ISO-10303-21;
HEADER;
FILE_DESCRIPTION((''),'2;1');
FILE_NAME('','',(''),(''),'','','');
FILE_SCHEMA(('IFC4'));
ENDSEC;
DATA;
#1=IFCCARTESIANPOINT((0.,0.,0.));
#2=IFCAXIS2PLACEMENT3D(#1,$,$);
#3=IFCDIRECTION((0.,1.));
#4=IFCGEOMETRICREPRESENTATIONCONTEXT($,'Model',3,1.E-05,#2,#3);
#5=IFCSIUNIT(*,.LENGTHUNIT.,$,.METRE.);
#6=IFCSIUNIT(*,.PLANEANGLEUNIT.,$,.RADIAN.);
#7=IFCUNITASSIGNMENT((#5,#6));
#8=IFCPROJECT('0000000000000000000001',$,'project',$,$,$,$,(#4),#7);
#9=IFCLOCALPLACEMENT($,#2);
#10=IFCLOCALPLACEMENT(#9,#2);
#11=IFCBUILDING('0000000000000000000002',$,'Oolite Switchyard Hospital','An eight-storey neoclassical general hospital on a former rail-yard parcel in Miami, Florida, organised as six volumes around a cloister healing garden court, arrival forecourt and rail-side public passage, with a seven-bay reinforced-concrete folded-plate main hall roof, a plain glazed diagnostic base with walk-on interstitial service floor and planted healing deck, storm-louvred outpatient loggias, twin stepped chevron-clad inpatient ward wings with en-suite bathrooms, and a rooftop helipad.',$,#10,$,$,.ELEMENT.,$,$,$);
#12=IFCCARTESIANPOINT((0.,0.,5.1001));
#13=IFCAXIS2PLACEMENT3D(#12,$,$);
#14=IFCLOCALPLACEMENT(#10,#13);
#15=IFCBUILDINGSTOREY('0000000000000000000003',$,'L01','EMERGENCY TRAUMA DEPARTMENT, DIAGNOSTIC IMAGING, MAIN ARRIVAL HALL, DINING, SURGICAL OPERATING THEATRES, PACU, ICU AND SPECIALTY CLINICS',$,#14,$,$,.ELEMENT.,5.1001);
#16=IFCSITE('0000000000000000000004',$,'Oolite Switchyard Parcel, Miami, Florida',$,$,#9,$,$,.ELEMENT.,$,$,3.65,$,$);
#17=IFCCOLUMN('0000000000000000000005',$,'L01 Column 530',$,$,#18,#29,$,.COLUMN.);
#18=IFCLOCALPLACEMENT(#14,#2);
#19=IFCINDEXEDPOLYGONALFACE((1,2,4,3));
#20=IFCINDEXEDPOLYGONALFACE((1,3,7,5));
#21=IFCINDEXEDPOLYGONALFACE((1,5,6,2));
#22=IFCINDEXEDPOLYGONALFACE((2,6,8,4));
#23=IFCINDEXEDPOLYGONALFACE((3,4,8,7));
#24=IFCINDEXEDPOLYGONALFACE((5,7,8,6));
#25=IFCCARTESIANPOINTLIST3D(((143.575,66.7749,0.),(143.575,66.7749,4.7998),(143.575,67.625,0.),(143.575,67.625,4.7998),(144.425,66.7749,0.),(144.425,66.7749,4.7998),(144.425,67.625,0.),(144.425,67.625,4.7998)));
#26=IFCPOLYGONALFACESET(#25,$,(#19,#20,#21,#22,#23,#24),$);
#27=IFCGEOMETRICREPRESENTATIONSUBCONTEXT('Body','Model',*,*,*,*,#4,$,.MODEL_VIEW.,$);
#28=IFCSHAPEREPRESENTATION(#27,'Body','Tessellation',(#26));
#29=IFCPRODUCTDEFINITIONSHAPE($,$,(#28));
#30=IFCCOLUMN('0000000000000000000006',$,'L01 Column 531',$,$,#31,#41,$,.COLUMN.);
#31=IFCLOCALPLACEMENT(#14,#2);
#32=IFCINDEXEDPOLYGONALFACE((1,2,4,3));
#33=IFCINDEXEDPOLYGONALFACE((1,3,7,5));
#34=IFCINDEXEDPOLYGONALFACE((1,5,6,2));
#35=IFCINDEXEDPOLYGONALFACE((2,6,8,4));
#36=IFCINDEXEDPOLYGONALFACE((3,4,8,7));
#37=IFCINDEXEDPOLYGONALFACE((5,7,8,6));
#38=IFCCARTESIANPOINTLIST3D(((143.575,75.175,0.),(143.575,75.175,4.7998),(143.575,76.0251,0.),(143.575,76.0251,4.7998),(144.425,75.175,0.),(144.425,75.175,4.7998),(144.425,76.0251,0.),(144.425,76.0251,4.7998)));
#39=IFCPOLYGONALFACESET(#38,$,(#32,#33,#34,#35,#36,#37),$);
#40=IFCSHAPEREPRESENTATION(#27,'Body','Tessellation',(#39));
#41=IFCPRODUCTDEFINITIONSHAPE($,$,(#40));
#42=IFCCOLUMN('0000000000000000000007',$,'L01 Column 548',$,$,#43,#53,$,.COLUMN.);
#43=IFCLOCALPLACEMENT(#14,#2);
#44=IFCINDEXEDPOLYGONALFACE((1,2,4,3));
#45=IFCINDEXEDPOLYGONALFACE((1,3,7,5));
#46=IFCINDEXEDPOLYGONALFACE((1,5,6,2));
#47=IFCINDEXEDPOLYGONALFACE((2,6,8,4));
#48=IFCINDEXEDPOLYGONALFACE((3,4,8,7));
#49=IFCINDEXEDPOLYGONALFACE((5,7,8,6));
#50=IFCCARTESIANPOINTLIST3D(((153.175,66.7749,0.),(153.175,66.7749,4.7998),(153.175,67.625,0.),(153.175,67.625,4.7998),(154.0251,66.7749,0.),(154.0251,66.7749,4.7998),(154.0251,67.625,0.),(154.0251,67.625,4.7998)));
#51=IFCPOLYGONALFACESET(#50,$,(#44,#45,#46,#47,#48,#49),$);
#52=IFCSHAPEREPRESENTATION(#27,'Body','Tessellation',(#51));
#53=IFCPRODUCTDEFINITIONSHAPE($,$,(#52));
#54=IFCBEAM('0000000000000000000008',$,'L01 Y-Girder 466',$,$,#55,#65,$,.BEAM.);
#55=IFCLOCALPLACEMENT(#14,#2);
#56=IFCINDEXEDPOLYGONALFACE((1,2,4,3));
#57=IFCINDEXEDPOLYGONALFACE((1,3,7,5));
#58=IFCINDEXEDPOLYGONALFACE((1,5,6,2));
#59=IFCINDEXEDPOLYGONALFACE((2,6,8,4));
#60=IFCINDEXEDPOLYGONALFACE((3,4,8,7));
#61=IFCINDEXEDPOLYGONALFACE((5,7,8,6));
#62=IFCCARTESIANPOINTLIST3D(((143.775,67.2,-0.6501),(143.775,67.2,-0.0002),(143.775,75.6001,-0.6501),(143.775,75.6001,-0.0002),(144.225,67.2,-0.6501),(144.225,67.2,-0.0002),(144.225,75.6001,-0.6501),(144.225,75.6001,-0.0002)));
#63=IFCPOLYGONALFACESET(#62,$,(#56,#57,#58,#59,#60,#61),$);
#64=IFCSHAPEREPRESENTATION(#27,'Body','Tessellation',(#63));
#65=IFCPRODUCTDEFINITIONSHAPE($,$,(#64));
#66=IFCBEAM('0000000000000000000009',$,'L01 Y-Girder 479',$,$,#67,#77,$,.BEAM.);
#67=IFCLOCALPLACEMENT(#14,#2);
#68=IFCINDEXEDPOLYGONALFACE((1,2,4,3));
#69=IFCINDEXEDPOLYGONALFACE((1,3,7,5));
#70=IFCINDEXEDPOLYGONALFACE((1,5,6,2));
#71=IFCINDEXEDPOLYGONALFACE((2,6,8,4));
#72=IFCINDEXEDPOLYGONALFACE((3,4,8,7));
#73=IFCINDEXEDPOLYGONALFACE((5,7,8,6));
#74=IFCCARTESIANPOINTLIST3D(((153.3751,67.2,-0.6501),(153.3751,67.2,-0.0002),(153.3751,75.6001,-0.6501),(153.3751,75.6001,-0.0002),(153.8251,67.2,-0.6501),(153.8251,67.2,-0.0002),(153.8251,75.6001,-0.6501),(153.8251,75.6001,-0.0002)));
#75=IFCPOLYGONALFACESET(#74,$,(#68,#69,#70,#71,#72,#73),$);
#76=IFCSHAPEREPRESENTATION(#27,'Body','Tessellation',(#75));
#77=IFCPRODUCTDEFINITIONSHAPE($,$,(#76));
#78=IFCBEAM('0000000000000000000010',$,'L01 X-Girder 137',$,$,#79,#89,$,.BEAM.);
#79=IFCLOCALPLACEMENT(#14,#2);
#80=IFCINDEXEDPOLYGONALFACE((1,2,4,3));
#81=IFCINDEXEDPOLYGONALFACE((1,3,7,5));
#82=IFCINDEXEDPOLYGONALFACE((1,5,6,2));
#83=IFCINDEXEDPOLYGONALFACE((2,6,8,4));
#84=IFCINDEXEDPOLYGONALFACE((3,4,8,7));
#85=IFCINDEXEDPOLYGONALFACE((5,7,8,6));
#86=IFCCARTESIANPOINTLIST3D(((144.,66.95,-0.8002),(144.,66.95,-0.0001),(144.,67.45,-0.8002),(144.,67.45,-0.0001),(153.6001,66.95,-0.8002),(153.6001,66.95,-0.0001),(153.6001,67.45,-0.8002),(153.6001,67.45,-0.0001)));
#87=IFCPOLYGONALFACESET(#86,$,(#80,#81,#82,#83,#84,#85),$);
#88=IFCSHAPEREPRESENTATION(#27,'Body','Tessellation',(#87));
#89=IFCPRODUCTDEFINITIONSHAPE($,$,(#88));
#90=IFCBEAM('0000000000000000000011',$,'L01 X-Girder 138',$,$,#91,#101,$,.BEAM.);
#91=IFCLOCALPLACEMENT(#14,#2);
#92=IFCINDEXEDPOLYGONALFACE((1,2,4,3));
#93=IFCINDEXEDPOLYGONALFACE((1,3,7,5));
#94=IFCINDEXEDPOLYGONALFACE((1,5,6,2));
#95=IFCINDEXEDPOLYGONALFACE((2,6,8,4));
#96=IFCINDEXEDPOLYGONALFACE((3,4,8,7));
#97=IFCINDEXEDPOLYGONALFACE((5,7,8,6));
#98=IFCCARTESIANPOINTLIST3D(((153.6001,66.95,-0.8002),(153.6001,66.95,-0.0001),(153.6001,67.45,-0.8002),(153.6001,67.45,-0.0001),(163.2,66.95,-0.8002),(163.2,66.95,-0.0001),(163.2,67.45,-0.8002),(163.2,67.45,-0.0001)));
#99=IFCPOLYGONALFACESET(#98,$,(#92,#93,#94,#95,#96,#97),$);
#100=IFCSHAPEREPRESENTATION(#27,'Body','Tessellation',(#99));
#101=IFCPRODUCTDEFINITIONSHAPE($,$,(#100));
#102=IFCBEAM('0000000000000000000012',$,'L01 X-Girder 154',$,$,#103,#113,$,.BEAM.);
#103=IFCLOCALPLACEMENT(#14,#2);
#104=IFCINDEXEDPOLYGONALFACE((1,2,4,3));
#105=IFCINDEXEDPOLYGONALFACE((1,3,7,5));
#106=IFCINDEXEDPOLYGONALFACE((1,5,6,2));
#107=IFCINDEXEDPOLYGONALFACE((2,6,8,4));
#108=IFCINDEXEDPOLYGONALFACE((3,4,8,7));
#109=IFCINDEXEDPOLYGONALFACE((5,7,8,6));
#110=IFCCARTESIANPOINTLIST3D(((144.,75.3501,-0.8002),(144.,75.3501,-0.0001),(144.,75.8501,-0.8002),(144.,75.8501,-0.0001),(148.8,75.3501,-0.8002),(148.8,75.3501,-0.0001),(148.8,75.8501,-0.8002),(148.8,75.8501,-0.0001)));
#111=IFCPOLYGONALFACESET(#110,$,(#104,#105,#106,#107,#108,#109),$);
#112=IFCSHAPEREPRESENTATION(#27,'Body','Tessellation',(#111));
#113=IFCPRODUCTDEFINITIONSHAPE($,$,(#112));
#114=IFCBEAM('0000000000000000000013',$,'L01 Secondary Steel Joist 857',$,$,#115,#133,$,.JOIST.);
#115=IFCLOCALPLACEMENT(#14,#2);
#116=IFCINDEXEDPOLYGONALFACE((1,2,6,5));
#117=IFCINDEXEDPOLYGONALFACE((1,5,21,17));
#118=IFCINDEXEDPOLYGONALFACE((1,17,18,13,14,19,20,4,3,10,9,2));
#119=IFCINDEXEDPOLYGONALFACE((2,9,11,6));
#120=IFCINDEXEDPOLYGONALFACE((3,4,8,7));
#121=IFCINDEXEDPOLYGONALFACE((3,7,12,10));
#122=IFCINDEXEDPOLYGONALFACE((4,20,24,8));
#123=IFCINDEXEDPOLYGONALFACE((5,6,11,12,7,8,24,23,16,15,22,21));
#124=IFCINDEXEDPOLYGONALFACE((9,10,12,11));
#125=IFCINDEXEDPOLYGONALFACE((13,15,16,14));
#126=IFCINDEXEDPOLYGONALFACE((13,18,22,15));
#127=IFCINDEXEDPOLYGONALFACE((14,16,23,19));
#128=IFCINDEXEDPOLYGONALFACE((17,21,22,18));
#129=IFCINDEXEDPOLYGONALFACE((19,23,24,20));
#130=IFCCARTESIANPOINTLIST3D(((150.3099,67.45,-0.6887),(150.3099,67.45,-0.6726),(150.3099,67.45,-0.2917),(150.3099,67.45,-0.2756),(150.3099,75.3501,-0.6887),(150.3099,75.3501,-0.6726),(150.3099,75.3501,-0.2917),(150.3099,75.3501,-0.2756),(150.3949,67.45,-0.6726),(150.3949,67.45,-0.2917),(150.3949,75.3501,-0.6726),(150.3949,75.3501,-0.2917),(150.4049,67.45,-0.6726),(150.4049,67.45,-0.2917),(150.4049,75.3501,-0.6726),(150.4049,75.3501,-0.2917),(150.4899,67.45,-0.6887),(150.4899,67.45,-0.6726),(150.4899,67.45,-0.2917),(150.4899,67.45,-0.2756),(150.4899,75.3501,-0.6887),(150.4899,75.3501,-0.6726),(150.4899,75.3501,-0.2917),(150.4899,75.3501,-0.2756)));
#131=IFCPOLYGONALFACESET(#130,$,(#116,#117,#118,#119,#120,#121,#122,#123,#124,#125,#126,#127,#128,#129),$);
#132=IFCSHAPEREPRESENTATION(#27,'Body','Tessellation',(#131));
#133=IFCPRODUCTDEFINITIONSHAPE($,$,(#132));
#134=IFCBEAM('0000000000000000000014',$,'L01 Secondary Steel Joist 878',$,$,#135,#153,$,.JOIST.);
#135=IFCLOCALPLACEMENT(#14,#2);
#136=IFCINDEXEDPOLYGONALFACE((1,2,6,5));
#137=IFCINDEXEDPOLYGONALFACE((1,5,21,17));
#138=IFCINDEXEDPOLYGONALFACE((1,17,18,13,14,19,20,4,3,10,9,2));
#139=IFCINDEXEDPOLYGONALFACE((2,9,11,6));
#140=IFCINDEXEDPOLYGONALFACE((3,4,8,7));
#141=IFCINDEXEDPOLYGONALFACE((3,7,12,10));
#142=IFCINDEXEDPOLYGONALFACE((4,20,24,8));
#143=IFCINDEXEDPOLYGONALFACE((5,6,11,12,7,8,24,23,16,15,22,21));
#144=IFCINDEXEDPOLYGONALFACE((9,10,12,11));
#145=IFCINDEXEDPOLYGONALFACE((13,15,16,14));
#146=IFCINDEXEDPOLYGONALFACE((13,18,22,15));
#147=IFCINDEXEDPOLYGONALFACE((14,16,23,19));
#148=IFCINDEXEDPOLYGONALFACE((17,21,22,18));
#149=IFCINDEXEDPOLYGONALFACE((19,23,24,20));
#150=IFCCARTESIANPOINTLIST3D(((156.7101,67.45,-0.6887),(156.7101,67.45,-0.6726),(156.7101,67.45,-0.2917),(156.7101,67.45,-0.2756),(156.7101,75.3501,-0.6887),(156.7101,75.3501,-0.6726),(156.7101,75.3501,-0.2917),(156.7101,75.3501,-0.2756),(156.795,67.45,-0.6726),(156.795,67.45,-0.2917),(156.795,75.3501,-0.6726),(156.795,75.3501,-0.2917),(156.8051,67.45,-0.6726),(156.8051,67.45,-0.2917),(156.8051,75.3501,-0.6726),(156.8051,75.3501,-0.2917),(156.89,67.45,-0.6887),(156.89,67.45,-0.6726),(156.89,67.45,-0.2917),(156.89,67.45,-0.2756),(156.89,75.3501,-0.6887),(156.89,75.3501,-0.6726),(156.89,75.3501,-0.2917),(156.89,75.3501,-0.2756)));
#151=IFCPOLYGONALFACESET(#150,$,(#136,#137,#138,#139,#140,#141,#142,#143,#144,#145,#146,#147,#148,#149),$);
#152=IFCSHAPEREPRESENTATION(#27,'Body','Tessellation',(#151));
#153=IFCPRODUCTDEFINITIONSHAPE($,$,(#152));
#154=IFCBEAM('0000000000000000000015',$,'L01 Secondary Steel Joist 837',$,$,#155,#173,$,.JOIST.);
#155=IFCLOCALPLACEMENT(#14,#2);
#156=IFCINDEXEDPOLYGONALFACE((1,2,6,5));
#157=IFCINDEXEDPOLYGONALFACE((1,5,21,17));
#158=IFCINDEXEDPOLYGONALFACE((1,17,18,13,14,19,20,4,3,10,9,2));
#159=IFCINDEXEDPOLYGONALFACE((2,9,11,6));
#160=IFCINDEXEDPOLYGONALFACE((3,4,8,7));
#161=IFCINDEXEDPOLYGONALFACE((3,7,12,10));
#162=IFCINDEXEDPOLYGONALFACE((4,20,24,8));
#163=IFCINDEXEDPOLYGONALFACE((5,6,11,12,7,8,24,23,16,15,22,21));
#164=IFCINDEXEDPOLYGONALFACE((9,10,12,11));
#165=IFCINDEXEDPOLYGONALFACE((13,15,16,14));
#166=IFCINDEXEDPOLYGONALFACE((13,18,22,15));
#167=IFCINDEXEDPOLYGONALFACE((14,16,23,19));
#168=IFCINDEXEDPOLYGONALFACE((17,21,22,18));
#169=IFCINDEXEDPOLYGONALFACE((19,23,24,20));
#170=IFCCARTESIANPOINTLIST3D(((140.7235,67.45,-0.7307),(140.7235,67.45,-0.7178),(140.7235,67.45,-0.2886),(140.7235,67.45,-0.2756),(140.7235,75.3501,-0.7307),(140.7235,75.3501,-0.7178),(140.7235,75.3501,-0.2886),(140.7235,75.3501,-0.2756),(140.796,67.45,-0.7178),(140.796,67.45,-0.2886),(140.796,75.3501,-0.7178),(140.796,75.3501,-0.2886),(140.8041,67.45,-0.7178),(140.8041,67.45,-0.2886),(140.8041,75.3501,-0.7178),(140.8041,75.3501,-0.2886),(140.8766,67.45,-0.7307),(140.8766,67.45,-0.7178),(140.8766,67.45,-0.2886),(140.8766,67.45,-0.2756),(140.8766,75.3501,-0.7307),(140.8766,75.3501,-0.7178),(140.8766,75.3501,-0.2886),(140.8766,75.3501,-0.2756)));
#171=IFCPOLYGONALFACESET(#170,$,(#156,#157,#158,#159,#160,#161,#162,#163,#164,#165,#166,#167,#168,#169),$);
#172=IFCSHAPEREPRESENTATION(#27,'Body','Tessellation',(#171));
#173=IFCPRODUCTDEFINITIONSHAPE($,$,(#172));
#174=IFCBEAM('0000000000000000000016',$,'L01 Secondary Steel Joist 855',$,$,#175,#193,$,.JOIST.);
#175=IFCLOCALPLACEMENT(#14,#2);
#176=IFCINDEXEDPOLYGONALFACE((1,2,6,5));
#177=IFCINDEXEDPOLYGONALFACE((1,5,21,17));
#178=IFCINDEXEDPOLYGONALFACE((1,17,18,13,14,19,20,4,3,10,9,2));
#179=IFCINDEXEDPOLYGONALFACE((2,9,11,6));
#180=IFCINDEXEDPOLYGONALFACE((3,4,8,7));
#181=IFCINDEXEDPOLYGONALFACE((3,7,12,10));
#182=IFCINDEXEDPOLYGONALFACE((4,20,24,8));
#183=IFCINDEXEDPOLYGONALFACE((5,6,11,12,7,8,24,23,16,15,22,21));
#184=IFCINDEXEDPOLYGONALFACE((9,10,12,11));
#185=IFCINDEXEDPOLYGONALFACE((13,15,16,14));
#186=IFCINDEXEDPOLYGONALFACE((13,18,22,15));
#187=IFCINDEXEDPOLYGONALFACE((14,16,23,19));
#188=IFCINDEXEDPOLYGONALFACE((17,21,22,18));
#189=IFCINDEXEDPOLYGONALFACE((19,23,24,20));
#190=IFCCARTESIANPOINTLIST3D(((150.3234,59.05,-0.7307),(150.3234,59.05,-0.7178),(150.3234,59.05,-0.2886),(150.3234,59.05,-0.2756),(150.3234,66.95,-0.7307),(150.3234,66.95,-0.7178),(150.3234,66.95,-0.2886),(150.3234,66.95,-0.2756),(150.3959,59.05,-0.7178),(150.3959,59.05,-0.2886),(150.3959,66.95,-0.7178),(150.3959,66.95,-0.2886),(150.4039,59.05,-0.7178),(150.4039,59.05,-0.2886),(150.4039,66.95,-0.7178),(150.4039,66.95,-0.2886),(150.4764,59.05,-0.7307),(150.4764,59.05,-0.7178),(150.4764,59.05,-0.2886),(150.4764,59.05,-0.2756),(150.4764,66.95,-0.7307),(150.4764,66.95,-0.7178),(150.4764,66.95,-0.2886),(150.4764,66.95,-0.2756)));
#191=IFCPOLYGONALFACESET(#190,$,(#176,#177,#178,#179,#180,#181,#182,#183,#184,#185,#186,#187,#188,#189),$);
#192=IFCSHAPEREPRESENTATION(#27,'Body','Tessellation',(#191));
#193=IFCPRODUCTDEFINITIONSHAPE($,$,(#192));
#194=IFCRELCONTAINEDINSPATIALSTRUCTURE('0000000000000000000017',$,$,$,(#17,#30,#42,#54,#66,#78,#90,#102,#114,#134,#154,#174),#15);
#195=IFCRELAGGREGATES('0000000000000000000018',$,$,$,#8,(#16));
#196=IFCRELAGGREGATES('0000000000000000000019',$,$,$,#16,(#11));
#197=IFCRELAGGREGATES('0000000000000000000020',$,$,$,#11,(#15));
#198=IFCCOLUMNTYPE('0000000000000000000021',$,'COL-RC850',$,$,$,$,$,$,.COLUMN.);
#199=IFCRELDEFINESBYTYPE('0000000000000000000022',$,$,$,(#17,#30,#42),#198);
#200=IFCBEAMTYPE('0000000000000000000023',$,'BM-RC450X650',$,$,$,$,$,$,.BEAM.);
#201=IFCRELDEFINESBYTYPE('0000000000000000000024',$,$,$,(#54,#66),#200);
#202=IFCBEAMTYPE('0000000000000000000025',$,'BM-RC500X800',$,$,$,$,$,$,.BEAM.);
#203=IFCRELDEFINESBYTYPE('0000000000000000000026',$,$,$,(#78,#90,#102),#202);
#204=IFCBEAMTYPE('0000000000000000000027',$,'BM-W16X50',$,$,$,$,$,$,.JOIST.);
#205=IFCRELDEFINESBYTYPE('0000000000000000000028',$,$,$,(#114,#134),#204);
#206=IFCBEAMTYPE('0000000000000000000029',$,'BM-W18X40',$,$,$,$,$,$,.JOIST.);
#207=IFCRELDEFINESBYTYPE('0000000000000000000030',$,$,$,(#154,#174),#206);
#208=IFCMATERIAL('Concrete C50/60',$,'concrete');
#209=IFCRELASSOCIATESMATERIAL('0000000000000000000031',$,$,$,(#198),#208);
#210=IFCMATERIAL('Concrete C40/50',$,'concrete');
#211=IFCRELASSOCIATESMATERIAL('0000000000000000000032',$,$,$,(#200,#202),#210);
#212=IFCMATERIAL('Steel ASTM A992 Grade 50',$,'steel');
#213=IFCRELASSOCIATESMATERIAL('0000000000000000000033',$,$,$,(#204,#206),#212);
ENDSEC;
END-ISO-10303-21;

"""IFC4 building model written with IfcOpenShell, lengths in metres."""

from ifc_helpers import new_model, si_unit, direction, frame, origin, origin_2d, place, context, subcontext, project, spatial, rectangle, i_section, extrude, material, material_profile, profile_set, type_object, element, save


model = new_model("IFC4")

# Units and contexts
model_context = context("Model", 3, precision=1e-05, world=origin(), true_north=direction((0.0, 1.0)))
body_context = subcontext(model_context, "Body", "Model", "MODEL_VIEW")
ifc_project = project(units=[si_unit("LENGTHUNIT", "METRE"), si_unit("PLANEANGLEUNIT", "RADIAN")], contexts=[model_context])

# Site, building, storey
site_placement = place(None, origin())
site = spatial("IfcSite", under=ifc_project, at=site_placement, Name="Oolite Switchyard Parcel, Miami, Florida", CompositionType="ELEMENT", RefElevation=3.65)
building_placement = place(site_placement, origin())
building = spatial("IfcBuilding", under=site, at=building_placement, Name="Oolite Switchyard Hospital", Description="An eight-storey neoclassical general hospital on a former rail-yard parcel in Miami, Florida, organised as six volumes around a cloister healing garden court, arrival forecourt and rail-side public passage, with a seven-bay reinforced-concrete folded-plate main hall roof, a plain glazed diagnostic base with walk-on interstitial service floor and planted healing deck, storm-louvred outpatient loggias, twin stepped chevron-clad inpatient ward wings with en-suite bathrooms, and a rooftop helipad.", CompositionType="ELEMENT")
storey_placement = place(building_placement, frame((0.0, 0.0, 5.1001)))
storey = spatial("IfcBuildingStorey", under=building, at=storey_placement, Name="L01", Description="EMERGENCY TRAUMA DEPARTMENT, DIAGNOSTIC IMAGING, MAIN ARRIVAL HALL, DINING, SURGICAL OPERATING THEATRES, PACU, ICU AND SPECIALTY CLINICS", CompositionType="ELEMENT", Elevation=5.1001)

# Columns
ifc_material_1 = material(Name="Concrete C50/60", Category="concrete")
ifc_material_profile_1 = material_profile(ifc_material_1, rectangle(XDim=0.8501, YDim=0.8501, at=origin_2d()), Name="RC850X850")
ifc_profile_set_1 = profile_set([ifc_material_profile_1], Name="Concrete C50/60")
column_type = type_object("IfcColumnType", Name="COL-RC850", PredefinedType="COLUMN", material=ifc_profile_set_1)
for number, where, z_axis, x_axis, name in (
    (1, (144.0, 67.2, 0.0), (0.0, 0.0, 1.0), (1.0, 0.0, 0.0), "L01 Column 530"),
    (2, (144.0, 75.6001, 0.0), (0.0, 0.0, 1.0), (1.0, 0.0, 0.0), "L01 Column 531"),
    (3, (153.6001, 67.2, 0.0), (0.0, 0.0, 1.0), (1.0, 0.0, 0.0), "L01 Column 548"),
):
    element("IfcColumn", number, at=place(storey_placement, frame(where, z_axis=z_axis, x_axis=x_axis)), inside=storey, type_object=column_type, Name=name, PredefinedType="COLUMN", context=body_context, shape_type="SweptSolid", body=[
        extrude(rectangle(XDim=0.8501, YDim=0.8501, at=origin_2d()), origin(), (0.0, 0.0, 1.0), 4.7998),
    ])

# Beams
ifc_material_2 = material(Name="Concrete C40/50", Category="concrete")
ifc_material_profile_2 = material_profile(ifc_material_2, rectangle(XDim=0.45, YDim=0.6499, at=origin_2d()), Name="RCB450X650")
ifc_profile_set_2 = profile_set([ifc_material_profile_2], Name="Concrete C40/50")
beam_type_1 = type_object("IfcBeamType", Name="BM-RC450X650", PredefinedType="BEAM", material=ifc_profile_set_2)
for number, where, z_axis, x_axis, name in (
    (4, (144.0, 67.2, -0.3252), (0.0, 1.0, 0.0), (-1.0, 0.0, 0.0), "L01 Y-Girder 466"),
    (5, (153.6001, 67.2, -0.3252), (0.0, 1.0, 0.0), (-1.0, 0.0, 0.0), "L01 Y-Girder 479"),
):
    element("IfcBeam", number, at=place(storey_placement, frame(where, z_axis=z_axis, x_axis=x_axis)), inside=storey, type_object=beam_type_1, Name=name, PredefinedType="BEAM", context=body_context, shape_type="SweptSolid", body=[
        extrude(rectangle(XDim=0.45, YDim=0.6499, at=origin_2d()), origin(), (0.0, 0.0, 1.0), 8.4001),
    ])
ifc_material_profile_3 = material_profile(ifc_material_2, rectangle(XDim=0.5, YDim=0.8, at=origin_2d()), Name="RCB500X800")
ifc_profile_set_3 = profile_set([ifc_material_profile_3], Name="Concrete C40/50")
beam_type_2 = type_object("IfcBeamType", Name="BM-RC500X800", PredefinedType="BEAM", material=ifc_profile_set_3)
beam_1_placement = place(storey_placement, frame((144.0, 67.2, -0.4001), z_axis=(1.0, 0.0, 0.0), x_axis=(0.0, 1.0, 0.0)))
element("IfcBeam", 6, at=beam_1_placement, inside=storey, type_object=beam_type_2, Name="L01 X-Girder 137", PredefinedType="BEAM", context=body_context, shape_type="SweptSolid", body=[
    extrude(rectangle(XDim=0.5, YDim=0.8, at=origin_2d()), origin(), (0.0, 0.0, 1.0), 9.6001),
])
beam_2_placement = place(storey_placement, frame((153.6001, 67.2, -0.4001), z_axis=(1.0, 0.0, 0.0), x_axis=(0.0, 1.0, 0.0)))
element("IfcBeam", 7, at=beam_2_placement, inside=storey, type_object=beam_type_2, Name="L01 X-Girder 138", PredefinedType="BEAM", context=body_context, shape_type="SweptSolid", body=[
    extrude(rectangle(XDim=0.5, YDim=0.8, at=origin_2d()), origin(), (0.0, 0.0, 1.0), 9.5999),
])
beam_3_placement = place(storey_placement, frame((144.0, 75.6001, -0.4001), z_axis=(1.0, 0.0, 0.0), x_axis=(0.0, 1.0, 0.0)))
element("IfcBeam", 8, at=beam_3_placement, inside=storey, type_object=beam_type_2, Name="L01 X-Girder 154", PredefinedType="BEAM", context=body_context, shape_type="SweptSolid", body=[
    extrude(rectangle(XDim=0.5, YDim=0.8, at=origin_2d()), origin(), (0.0, 0.0, 1.0), 4.8),
])
ifc_material_3 = material(Name="Steel ASTM A992 Grade 50", Category="steel")
ifc_material_profile_4 = material_profile(ifc_material_3, i_section(OverallWidth=0.1799, OverallDepth=0.4131, WebThickness=0.01, FlangeThickness=0.0161, at=origin_2d()), Name="W16X50")
ifc_profile_set_4 = profile_set([ifc_material_profile_4], Name="Steel ASTM A992 Grade 50")
beam_type_3 = type_object("IfcBeamType", Name="BM-W16X50", PredefinedType="JOIST", material=ifc_profile_set_4)
for number, where, z_axis, x_axis, name in (
    (9, (150.3999, 67.45, -0.4822), (0.0, 1.0, 0.0), (-1.0, 0.0, 0.0), "L01 Secondary Steel Joist 857"),
    (10, (156.8, 67.45, -0.4822), (0.0, 1.0, 0.0), (-1.0, 0.0, 0.0), "L01 Secondary Steel Joist 878"),
):
    element("IfcBeam", number, at=place(storey_placement, frame(where, z_axis=z_axis, x_axis=x_axis)), inside=storey, type_object=beam_type_3, Name=name, PredefinedType="JOIST", context=body_context, shape_type="SweptSolid", body=[
        extrude(i_section(OverallWidth=0.1799, OverallDepth=0.4131, WebThickness=0.01, FlangeThickness=0.0161, at=origin_2d()), origin(), (0.0, 0.0, 1.0), 7.9001),
    ])
ifc_material_profile_5 = material_profile(ifc_material_3, i_section(OverallWidth=0.1531, OverallDepth=0.4551, WebThickness=0.0081, FlangeThickness=0.0129, at=origin_2d()), Name="W18X40")
ifc_profile_set_5 = profile_set([ifc_material_profile_5], Name="Steel ASTM A992 Grade 50")
beam_type_4 = type_object("IfcBeamType", Name="BM-W18X40", PredefinedType="JOIST", material=ifc_profile_set_5)
beam_4_placement = place(storey_placement, frame((140.8, 67.45, -0.5032), z_axis=(0.0, 1.0, 0.0), x_axis=(-1.0, 0.0, 0.0)))
element("IfcBeam", 11, at=beam_4_placement, inside=storey, type_object=beam_type_4, Name="L01 Secondary Steel Joist 837", PredefinedType="JOIST", context=body_context, shape_type="SweptSolid", body=[
    extrude(i_section(OverallWidth=0.1531, OverallDepth=0.4551, WebThickness=0.0081, FlangeThickness=0.0129, at=origin_2d()), origin(), (0.0, 0.0, 1.0), 7.9001),
])
beam_5_placement = place(storey_placement, frame((150.3999, 59.05, -0.5032), z_axis=(0.0, 1.0, 0.0), x_axis=(-1.0, 0.0, 0.0)))
element("IfcBeam", 12, at=beam_5_placement, inside=storey, type_object=beam_type_4, Name="L01 Secondary Steel Joist 855", PredefinedType="JOIST", context=body_context, shape_type="SweptSolid", body=[
    extrude(i_section(OverallWidth=0.1531, OverallDepth=0.4551, WebThickness=0.0081, FlangeThickness=0.0129, at=origin_2d()), origin(), (0.0, 0.0, 1.0), 7.8999),
])

save(model, "model.ifc")
